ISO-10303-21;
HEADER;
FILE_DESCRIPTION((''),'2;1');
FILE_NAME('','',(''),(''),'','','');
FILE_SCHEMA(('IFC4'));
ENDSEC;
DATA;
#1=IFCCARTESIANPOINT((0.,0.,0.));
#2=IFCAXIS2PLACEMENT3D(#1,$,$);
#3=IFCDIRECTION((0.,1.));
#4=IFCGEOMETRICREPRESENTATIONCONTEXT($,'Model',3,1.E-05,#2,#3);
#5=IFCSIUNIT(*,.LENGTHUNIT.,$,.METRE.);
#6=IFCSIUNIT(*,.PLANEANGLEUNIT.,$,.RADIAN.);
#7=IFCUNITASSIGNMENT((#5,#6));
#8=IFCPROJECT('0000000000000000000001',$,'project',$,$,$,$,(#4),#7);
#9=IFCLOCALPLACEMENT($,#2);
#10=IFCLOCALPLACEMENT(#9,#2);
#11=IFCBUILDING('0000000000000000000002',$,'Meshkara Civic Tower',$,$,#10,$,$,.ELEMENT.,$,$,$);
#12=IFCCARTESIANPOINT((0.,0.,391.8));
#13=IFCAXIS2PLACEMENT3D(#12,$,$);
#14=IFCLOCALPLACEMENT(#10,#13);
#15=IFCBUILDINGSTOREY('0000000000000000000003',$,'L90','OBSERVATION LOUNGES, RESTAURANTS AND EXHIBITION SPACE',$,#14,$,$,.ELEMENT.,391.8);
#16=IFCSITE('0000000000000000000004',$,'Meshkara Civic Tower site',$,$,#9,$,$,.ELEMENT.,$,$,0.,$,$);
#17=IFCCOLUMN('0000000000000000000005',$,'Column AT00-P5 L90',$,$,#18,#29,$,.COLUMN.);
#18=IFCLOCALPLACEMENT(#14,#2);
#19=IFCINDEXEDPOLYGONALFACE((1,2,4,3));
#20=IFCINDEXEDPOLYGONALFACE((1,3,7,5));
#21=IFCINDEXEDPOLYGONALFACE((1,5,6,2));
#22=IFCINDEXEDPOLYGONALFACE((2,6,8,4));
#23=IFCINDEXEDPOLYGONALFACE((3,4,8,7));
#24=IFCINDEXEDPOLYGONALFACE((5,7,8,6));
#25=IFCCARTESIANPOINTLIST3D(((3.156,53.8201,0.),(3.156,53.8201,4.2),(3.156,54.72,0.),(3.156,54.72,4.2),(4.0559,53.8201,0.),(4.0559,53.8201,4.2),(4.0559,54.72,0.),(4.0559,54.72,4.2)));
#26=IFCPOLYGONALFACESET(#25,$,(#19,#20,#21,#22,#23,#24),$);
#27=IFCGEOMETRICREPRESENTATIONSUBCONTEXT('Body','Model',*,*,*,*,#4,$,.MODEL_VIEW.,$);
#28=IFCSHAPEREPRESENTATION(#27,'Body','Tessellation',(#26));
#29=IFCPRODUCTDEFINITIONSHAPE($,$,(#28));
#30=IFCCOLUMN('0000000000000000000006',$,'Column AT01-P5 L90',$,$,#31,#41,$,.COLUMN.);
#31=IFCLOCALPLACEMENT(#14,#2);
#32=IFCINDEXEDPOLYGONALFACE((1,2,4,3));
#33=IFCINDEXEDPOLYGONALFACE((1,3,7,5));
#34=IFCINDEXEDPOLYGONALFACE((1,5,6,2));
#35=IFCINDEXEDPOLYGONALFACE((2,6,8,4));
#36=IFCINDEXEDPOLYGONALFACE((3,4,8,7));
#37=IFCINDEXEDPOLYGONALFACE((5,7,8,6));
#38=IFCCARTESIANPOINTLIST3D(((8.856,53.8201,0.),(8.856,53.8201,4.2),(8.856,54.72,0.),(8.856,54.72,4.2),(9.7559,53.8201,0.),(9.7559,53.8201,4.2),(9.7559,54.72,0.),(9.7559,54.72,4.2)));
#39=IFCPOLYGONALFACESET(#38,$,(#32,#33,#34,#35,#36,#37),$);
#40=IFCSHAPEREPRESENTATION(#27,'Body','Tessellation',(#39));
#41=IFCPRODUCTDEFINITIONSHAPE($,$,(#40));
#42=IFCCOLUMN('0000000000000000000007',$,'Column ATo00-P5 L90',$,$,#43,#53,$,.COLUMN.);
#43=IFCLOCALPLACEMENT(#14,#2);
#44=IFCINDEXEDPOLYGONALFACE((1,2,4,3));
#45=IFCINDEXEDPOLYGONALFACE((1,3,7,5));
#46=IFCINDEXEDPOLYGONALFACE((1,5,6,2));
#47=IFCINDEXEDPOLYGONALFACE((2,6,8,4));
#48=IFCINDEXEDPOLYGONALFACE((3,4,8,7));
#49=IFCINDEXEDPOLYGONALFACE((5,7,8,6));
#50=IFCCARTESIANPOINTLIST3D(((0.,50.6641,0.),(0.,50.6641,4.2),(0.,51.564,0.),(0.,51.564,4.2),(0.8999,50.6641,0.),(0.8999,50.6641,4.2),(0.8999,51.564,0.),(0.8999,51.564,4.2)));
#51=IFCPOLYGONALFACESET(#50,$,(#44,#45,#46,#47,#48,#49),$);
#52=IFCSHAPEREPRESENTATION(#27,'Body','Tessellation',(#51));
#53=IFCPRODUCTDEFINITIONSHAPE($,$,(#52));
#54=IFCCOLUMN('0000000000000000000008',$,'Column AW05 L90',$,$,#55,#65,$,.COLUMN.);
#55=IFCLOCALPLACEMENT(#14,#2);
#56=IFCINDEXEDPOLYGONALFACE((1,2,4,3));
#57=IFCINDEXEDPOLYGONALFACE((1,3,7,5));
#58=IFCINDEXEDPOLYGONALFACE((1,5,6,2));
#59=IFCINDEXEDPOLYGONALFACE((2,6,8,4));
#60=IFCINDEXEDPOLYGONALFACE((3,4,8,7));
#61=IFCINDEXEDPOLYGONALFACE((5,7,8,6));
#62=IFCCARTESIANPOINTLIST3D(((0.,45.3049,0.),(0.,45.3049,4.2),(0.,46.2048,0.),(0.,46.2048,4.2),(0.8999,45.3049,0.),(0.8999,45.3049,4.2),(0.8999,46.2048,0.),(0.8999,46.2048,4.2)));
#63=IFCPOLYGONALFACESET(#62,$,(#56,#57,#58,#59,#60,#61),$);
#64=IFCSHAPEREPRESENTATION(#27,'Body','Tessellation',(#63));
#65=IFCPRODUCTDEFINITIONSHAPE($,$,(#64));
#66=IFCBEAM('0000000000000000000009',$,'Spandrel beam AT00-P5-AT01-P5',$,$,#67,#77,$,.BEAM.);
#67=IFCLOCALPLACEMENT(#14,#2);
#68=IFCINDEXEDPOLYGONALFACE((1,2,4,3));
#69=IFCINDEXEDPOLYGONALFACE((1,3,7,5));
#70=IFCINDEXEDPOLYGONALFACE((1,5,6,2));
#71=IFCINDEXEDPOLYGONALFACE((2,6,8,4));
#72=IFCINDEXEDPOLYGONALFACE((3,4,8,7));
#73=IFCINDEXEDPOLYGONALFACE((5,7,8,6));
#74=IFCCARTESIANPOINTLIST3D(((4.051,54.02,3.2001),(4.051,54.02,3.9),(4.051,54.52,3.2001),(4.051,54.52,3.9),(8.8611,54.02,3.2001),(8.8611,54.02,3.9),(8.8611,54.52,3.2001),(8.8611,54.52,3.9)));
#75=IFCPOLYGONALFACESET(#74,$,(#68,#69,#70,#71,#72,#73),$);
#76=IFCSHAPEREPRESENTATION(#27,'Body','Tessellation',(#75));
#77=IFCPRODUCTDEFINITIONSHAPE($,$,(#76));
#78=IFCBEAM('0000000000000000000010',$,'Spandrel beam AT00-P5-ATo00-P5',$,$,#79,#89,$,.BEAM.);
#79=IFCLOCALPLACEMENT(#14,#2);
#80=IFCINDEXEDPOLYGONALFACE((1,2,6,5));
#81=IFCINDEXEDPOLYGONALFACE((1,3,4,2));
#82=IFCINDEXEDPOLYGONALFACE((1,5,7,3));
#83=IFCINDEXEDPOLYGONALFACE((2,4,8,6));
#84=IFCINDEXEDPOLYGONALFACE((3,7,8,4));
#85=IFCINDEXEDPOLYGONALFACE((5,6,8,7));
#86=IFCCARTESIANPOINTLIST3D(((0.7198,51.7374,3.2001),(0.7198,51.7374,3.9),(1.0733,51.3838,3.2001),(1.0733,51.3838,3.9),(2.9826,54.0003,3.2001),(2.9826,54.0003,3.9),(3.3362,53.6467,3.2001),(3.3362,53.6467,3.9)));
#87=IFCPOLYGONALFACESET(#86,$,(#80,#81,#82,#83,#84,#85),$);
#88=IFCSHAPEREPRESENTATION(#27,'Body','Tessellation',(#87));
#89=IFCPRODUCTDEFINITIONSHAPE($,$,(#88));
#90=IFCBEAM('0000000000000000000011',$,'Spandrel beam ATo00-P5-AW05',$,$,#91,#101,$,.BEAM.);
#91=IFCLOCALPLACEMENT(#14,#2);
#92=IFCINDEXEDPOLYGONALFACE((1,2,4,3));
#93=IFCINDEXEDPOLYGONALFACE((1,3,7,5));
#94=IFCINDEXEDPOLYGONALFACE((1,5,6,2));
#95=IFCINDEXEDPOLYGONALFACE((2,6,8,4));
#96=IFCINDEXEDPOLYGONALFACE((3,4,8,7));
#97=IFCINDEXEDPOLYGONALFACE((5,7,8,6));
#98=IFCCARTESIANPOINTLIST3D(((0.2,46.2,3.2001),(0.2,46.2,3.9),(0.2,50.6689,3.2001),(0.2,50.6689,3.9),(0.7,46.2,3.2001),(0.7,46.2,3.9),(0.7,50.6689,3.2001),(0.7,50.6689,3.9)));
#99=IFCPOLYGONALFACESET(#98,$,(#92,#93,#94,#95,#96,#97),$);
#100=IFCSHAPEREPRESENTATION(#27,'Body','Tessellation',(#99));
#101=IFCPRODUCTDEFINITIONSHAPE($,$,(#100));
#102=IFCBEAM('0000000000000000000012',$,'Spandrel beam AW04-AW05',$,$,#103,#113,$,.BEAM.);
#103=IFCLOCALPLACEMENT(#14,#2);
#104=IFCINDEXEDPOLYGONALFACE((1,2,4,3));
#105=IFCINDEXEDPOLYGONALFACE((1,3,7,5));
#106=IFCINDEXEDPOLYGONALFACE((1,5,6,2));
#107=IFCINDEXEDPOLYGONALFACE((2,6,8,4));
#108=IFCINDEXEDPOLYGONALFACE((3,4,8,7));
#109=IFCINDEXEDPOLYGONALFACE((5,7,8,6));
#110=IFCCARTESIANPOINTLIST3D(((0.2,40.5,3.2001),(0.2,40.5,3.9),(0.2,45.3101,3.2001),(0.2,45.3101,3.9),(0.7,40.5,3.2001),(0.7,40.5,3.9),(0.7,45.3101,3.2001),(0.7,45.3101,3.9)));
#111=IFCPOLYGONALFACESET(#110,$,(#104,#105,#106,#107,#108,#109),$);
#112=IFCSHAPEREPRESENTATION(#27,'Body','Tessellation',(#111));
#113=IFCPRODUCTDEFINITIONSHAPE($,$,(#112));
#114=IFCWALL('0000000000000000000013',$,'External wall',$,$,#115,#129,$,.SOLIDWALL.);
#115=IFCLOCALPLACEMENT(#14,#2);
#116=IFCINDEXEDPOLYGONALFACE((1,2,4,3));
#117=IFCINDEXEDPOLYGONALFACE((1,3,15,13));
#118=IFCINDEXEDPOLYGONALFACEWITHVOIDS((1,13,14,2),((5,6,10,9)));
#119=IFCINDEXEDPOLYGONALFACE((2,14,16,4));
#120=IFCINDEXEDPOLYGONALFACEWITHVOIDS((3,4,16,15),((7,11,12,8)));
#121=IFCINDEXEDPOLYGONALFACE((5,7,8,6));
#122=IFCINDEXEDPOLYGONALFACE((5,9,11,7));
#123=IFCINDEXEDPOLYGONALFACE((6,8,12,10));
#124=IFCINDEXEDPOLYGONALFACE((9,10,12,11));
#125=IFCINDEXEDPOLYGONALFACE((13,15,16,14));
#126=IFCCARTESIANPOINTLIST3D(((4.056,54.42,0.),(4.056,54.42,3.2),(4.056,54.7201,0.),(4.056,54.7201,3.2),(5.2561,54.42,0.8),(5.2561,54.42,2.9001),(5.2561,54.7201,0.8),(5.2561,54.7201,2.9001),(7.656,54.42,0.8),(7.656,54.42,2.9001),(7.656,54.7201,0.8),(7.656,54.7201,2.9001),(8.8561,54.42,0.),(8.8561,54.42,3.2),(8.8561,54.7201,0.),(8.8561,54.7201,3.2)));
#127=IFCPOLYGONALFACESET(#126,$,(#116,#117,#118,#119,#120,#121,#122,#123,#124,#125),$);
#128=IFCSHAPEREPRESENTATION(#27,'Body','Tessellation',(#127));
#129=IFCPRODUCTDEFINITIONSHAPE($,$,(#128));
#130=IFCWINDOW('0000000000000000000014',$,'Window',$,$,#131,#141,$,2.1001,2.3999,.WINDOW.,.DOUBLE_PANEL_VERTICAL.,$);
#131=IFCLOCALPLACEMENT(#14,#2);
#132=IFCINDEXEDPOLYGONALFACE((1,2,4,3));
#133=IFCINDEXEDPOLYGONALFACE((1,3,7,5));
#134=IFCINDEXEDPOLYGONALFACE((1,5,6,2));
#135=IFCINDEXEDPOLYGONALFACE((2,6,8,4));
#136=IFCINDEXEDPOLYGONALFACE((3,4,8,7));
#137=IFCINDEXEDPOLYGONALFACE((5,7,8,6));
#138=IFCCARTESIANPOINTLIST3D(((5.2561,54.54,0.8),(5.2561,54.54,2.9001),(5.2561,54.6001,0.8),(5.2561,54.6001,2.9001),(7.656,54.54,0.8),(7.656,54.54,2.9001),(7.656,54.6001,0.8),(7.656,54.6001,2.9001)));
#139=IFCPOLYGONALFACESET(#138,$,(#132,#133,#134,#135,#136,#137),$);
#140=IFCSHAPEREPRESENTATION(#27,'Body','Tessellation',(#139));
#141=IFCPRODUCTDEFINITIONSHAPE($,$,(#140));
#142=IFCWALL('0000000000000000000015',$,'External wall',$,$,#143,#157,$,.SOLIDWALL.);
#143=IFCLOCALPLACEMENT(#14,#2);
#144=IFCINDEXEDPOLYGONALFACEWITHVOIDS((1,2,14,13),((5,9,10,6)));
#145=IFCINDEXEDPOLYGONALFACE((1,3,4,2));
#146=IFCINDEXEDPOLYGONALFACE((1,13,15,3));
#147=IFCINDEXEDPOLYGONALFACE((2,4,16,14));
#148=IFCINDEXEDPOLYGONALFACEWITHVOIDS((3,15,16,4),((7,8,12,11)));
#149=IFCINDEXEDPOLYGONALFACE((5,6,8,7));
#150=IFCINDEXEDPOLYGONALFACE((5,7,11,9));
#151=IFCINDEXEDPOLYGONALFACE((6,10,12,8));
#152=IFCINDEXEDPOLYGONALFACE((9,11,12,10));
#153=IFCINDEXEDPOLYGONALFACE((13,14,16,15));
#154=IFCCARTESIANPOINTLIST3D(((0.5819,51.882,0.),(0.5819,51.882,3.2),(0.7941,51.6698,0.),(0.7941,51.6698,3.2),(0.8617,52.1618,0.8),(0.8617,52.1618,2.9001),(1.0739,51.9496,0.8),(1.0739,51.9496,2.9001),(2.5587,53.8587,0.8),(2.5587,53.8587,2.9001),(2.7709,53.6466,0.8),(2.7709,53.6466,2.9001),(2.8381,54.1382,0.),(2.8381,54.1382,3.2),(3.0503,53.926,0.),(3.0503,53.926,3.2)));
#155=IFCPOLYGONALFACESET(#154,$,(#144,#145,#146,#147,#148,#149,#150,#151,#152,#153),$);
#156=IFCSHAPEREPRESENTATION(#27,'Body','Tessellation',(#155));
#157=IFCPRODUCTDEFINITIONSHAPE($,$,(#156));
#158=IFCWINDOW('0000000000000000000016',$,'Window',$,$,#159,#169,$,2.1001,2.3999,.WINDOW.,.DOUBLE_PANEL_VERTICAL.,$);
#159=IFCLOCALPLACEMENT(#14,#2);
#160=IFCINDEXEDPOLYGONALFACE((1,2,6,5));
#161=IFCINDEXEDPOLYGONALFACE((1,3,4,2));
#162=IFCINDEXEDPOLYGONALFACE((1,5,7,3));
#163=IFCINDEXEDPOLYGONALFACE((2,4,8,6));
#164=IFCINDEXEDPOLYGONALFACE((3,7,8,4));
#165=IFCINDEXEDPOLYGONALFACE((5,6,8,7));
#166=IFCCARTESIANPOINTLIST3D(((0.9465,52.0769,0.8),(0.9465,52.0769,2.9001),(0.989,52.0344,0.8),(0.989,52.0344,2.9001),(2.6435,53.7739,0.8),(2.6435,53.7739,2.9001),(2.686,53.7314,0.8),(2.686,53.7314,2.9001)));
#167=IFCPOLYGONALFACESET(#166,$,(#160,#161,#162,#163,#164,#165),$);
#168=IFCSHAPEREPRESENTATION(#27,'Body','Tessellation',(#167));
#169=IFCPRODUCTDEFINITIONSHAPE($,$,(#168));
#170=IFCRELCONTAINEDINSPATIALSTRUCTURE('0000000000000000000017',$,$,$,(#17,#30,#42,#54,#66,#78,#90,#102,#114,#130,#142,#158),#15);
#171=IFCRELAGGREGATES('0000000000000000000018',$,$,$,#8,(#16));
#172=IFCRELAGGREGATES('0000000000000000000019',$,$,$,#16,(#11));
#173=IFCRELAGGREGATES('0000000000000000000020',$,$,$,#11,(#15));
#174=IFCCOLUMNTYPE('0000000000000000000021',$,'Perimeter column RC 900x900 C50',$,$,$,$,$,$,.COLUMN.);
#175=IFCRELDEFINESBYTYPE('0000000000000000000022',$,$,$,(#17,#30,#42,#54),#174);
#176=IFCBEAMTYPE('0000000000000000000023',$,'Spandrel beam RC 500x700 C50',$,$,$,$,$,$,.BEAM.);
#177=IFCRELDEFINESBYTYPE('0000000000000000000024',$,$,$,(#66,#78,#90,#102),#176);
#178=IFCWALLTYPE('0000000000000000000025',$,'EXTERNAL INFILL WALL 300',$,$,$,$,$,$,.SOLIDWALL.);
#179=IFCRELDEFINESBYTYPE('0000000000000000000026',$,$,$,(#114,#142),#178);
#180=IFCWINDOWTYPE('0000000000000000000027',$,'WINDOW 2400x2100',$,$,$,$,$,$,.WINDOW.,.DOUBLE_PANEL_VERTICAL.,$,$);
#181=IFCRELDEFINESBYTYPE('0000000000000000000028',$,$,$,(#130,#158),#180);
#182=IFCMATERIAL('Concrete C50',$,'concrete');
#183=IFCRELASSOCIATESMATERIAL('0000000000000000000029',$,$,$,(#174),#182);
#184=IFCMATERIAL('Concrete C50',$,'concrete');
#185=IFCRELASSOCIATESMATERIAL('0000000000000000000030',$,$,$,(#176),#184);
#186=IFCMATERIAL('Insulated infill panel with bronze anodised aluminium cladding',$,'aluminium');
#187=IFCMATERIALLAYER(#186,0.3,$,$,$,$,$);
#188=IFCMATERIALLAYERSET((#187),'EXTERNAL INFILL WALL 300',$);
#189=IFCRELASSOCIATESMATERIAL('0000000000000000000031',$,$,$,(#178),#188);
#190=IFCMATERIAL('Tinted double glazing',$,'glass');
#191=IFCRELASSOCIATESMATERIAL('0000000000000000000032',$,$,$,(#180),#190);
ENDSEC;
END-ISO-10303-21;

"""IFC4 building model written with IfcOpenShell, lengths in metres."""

from ifc_helpers import new_model, si_unit, direction, frame, frame_2d, origin, origin_2d, place, context, subcontext, project, spatial, rectangle, extrude, material, layer, layer_set, material_profile, profile_set, type_object, element, fill, save


model = new_model("IFC4")

# Units and contexts
model_context = context("Model", 3, precision=1e-05, world=origin(), true_north=direction((0.0, 1.0)))
body_context = subcontext(model_context, "Body", "Model", "MODEL_VIEW")
ifc_project = project(units=[si_unit("LENGTHUNIT", "METRE"), si_unit("PLANEANGLEUNIT", "RADIAN")], contexts=[model_context])

# Site, building, storey
site_placement = place(None, origin())
site = spatial("IfcSite", under=ifc_project, at=site_placement, Name="Meshkara Civic Tower site", CompositionType="ELEMENT", RefElevation=0.0)
building_placement = place(site_placement, origin())
building = spatial("IfcBuilding", under=site, at=building_placement, Name="Meshkara Civic Tower", CompositionType="ELEMENT")
storey_placement = place(building_placement, frame((0.0, 0.0, 391.8)))
storey = spatial("IfcBuildingStorey", under=building, at=storey_placement, Name="L90", Description="OBSERVATION LOUNGES, RESTAURANTS AND EXHIBITION SPACE", CompositionType="ELEMENT", Elevation=391.8)

# Columns
ifc_material_1 = material(Name="Concrete C50", Category="concrete")
ifc_material_profile_1 = material_profile(ifc_material_1, rectangle(XDim=0.8999, YDim=0.8999, at=origin_2d()))
ifc_profile_set_1 = profile_set([ifc_material_profile_1], Name="Concrete C50")
column_type = type_object("IfcColumnType", Name="Perimeter column RC 900x900 C50", PredefinedType="COLUMN", material=ifc_profile_set_1)
for number, where, z_axis, x_axis, name in (
    (1, (3.606, 54.27, 0.0), (0.0, 0.0, 1.0), (1.0, 0.0, 0.0), "Column AT00-P5 L90"),
    (2, (9.3059, 54.27, 0.0), (0.0, 0.0, 1.0), (1.0, 0.0, 0.0), "Column AT01-P5 L90"),
    (3, (0.45, 51.114, 0.0), (0.0, 0.0, 1.0), (1.0, 0.0, 0.0), "Column ATo00-P5 L90"),
    (4, (0.45, 45.7549, 0.0), (0.0, 0.0, 1.0), (1.0, 0.0, 0.0), "Column AW05 L90"),
):
    element("IfcColumn", number, at=place(storey_placement, frame(where, z_axis=z_axis, x_axis=x_axis)), inside=storey, type_object=column_type, Name=name, PredefinedType="COLUMN", context=body_context, shape_type="SweptSolid", body=[
        extrude(rectangle(XDim=0.8999, YDim=0.8999, at=origin_2d()), origin(), (0.0, 0.0, 1.0), 4.2),
    ])

# Beams
ifc_material_2 = material(Name="Concrete C50", Category="concrete")
ifc_material_profile_2 = material_profile(ifc_material_2, rectangle(XDim=0.5, YDim=0.7, at=origin_2d()))
ifc_profile_set_2 = profile_set([ifc_material_profile_2], Name="Concrete C50")
beam_type = type_object("IfcBeamType", Name="Spandrel beam RC 500x700 C50", PredefinedType="BEAM", material=ifc_profile_set_2)
beam_1_placement = place(storey_placement, frame((8.8611, 54.27, 3.55), z_axis=(-1.0, 0.0, 0.0), x_axis=(0.0, -1.0, 0.0)))
element("IfcBeam", 5, at=beam_1_placement, inside=storey, type_object=beam_type, Name="Spandrel beam AT00-P5-AT01-P5", PredefinedType="BEAM", context=body_context, shape_type="SweptSolid", body=[
    extrude(rectangle(XDim=0.5, YDim=0.7, at=origin_2d()), origin(), (0.0, 0.0, 1.0), 4.8101),
])
beam_2_placement = place(storey_placement, frame((3.1594, 53.8235, 3.55), z_axis=(-0.707107, -0.707107, 0.0), x_axis=(0.707107, -0.707107, 0.0)))
element("IfcBeam", 6, at=beam_2_placement, inside=storey, type_object=beam_type, Name="Spandrel beam AT00-P5-ATo00-P5", PredefinedType="BEAM", context=body_context, shape_type="SweptSolid", body=[
    extrude(rectangle(XDim=0.5, YDim=0.7, at=origin_2d()), origin(), (0.0, 0.0, 1.0), 3.2002),
])
beam_3_placement = place(storey_placement, frame((0.45, 50.6689, 3.55), z_axis=(0.0, -1.0, 0.0), x_axis=(1.0, 0.0, 0.0)))
element("IfcBeam", 7, at=beam_3_placement, inside=storey, type_object=beam_type, Name="Spandrel beam ATo00-P5-AW05", PredefinedType="BEAM", context=body_context, shape_type="SweptSolid", body=[
    extrude(rectangle(XDim=0.5, YDim=0.7, at=origin_2d()), origin(), (0.0, 0.0, 1.0), 4.469),
])
beam_4_placement = place(storey_placement, frame((0.45, 45.3101, 3.55), z_axis=(0.0, -1.0, 0.0), x_axis=(1.0, 0.0, 0.0)))
element("IfcBeam", 8, at=beam_4_placement, inside=storey, type_object=beam_type, Name="Spandrel beam AW04-AW05", PredefinedType="BEAM", context=body_context, shape_type="SweptSolid", body=[
    extrude(rectangle(XDim=0.5, YDim=0.7, at=origin_2d()), origin(), (0.0, 0.0, 1.0), 4.8101),
])

# Walls, openings, windows
ifc_material_3 = material(Name="Insulated infill panel with bronze anodised aluminium cladding", Category="aluminium")
ifc_layer_1 = layer(ifc_material_3, 0.3)
ifc_layer_set_1 = layer_set([ifc_layer_1], Name="EXTERNAL INFILL WALL 300")
wall_type_1 = type_object("IfcWallType", Name="EXTERNAL INFILL WALL 300", PredefinedType="SOLIDWALL", material=ifc_layer_set_1)
wall_1_placement = place(storey_placement, frame((8.856, 54.5701, 0.0), z_axis=(0.0, 0.0, 1.0), x_axis=(-1.0, 0.0, 0.0)))
wall_1 = element("IfcWall", 9, at=wall_1_placement, inside=storey, type_object=wall_type_1, Name="External wall", PredefinedType="SOLIDWALL", context=body_context, shape_type="SweptSolid", body=[
    extrude(rectangle(XDim=4.8, YDim=0.3, at=frame_2d((2.3999, 0.0))), origin(), (0.0, 0.0, 1.0), 3.2),
])
opening_1_placement = place(wall_1_placement, frame((1.2, 0.0, 0.8)))
opening_1 = element("IfcOpeningElement", 10, at=opening_1_placement, cuts=wall_1, PredefinedType="OPENING", context=body_context, shape_type="SweptSolid", body=[
    extrude(rectangle(XDim=2.3999, YDim=2.1001, at=frame_2d((1.2, 1.05))), frame((0.0, 0.1599, 0.0), z_axis=(0.0, -1.0, 0.0), x_axis=(1.0, 0.0, 0.0)), (0.0, 0.0, 1.0), 0.3201),
])
ifc_material_4 = material(Name="Tinted double glazing", Category="glass")
window_type = type_object("IfcWindowType", Name="WINDOW 2400x2100", PartitioningType="DOUBLE_PANEL_VERTICAL", PredefinedType="WINDOW", material=ifc_material_4)
window_1_placement = place(opening_1_placement, origin())
window_1 = element("IfcWindow", 11, at=window_1_placement, inside=storey, type_object=window_type, Name="Window", OverallHeight=2.1001, OverallWidth=2.3999, PartitioningType="DOUBLE_PANEL_VERTICAL", PredefinedType="WINDOW", context=body_context, shape_type="SweptSolid", body=[
    extrude(rectangle(XDim=2.3999, YDim=2.1001, at=frame_2d((1.2, 1.05))), frame((0.0, 0.03, 0.0), z_axis=(0.0, -1.0, 0.0), x_axis=(1.0, 0.0, 0.0)), (0.0, 0.0, 1.0), 0.0601),
])
fill(opening_1, window_1)
wall_2_placement = place(storey_placement, frame((2.9441, 54.032, 0.0), z_axis=(0.0, 0.0, 1.0), x_axis=(-0.707107, -0.707107, 0.0)))
wall_2 = element("IfcWall", 12, at=wall_2_placement, inside=storey, type_object=wall_type_1, Name="External wall", PredefinedType="SOLIDWALL", context=body_context, shape_type="SweptSolid", body=[
    extrude(rectangle(XDim=3.1907, YDim=0.3, at=frame_2d((1.5952, 0.0))), origin(), (0.0, 0.0, 1.0), 3.2),
])
opening_2_placement = place(wall_2_placement, frame((0.395, 0.0, 0.8)))
opening_2 = element("IfcOpeningElement", 13, at=opening_2_placement, cuts=wall_2, PredefinedType="OPENING", context=body_context, shape_type="SweptSolid", body=[
    extrude(rectangle(XDim=2.3999, YDim=2.1001, at=frame_2d((1.2, 1.05))), frame((0.0, 0.1599, 0.0), z_axis=(0.0, -1.0, 0.0), x_axis=(1.0, 0.0, 0.0)), (0.0, 0.0, 1.0), 0.3201),
])
window_2_placement = place(opening_2_placement, origin())
window_2 = element("IfcWindow", 14, at=window_2_placement, inside=storey, type_object=window_type, Name="Window", OverallHeight=2.1001, OverallWidth=2.3999, PartitioningType="DOUBLE_PANEL_VERTICAL", PredefinedType="WINDOW", context=body_context, shape_type="SweptSolid", body=[
    extrude(rectangle(XDim=2.3999, YDim=2.1001, at=frame_2d((1.2, 1.05))), frame((0.0, 0.03, 0.0), z_axis=(0.0, -1.0, 0.0), x_axis=(1.0, 0.0, 0.0)), (0.0, 0.0, 1.0), 0.0601),
])
fill(opening_2, window_2)

save(model, "model.ifc")
